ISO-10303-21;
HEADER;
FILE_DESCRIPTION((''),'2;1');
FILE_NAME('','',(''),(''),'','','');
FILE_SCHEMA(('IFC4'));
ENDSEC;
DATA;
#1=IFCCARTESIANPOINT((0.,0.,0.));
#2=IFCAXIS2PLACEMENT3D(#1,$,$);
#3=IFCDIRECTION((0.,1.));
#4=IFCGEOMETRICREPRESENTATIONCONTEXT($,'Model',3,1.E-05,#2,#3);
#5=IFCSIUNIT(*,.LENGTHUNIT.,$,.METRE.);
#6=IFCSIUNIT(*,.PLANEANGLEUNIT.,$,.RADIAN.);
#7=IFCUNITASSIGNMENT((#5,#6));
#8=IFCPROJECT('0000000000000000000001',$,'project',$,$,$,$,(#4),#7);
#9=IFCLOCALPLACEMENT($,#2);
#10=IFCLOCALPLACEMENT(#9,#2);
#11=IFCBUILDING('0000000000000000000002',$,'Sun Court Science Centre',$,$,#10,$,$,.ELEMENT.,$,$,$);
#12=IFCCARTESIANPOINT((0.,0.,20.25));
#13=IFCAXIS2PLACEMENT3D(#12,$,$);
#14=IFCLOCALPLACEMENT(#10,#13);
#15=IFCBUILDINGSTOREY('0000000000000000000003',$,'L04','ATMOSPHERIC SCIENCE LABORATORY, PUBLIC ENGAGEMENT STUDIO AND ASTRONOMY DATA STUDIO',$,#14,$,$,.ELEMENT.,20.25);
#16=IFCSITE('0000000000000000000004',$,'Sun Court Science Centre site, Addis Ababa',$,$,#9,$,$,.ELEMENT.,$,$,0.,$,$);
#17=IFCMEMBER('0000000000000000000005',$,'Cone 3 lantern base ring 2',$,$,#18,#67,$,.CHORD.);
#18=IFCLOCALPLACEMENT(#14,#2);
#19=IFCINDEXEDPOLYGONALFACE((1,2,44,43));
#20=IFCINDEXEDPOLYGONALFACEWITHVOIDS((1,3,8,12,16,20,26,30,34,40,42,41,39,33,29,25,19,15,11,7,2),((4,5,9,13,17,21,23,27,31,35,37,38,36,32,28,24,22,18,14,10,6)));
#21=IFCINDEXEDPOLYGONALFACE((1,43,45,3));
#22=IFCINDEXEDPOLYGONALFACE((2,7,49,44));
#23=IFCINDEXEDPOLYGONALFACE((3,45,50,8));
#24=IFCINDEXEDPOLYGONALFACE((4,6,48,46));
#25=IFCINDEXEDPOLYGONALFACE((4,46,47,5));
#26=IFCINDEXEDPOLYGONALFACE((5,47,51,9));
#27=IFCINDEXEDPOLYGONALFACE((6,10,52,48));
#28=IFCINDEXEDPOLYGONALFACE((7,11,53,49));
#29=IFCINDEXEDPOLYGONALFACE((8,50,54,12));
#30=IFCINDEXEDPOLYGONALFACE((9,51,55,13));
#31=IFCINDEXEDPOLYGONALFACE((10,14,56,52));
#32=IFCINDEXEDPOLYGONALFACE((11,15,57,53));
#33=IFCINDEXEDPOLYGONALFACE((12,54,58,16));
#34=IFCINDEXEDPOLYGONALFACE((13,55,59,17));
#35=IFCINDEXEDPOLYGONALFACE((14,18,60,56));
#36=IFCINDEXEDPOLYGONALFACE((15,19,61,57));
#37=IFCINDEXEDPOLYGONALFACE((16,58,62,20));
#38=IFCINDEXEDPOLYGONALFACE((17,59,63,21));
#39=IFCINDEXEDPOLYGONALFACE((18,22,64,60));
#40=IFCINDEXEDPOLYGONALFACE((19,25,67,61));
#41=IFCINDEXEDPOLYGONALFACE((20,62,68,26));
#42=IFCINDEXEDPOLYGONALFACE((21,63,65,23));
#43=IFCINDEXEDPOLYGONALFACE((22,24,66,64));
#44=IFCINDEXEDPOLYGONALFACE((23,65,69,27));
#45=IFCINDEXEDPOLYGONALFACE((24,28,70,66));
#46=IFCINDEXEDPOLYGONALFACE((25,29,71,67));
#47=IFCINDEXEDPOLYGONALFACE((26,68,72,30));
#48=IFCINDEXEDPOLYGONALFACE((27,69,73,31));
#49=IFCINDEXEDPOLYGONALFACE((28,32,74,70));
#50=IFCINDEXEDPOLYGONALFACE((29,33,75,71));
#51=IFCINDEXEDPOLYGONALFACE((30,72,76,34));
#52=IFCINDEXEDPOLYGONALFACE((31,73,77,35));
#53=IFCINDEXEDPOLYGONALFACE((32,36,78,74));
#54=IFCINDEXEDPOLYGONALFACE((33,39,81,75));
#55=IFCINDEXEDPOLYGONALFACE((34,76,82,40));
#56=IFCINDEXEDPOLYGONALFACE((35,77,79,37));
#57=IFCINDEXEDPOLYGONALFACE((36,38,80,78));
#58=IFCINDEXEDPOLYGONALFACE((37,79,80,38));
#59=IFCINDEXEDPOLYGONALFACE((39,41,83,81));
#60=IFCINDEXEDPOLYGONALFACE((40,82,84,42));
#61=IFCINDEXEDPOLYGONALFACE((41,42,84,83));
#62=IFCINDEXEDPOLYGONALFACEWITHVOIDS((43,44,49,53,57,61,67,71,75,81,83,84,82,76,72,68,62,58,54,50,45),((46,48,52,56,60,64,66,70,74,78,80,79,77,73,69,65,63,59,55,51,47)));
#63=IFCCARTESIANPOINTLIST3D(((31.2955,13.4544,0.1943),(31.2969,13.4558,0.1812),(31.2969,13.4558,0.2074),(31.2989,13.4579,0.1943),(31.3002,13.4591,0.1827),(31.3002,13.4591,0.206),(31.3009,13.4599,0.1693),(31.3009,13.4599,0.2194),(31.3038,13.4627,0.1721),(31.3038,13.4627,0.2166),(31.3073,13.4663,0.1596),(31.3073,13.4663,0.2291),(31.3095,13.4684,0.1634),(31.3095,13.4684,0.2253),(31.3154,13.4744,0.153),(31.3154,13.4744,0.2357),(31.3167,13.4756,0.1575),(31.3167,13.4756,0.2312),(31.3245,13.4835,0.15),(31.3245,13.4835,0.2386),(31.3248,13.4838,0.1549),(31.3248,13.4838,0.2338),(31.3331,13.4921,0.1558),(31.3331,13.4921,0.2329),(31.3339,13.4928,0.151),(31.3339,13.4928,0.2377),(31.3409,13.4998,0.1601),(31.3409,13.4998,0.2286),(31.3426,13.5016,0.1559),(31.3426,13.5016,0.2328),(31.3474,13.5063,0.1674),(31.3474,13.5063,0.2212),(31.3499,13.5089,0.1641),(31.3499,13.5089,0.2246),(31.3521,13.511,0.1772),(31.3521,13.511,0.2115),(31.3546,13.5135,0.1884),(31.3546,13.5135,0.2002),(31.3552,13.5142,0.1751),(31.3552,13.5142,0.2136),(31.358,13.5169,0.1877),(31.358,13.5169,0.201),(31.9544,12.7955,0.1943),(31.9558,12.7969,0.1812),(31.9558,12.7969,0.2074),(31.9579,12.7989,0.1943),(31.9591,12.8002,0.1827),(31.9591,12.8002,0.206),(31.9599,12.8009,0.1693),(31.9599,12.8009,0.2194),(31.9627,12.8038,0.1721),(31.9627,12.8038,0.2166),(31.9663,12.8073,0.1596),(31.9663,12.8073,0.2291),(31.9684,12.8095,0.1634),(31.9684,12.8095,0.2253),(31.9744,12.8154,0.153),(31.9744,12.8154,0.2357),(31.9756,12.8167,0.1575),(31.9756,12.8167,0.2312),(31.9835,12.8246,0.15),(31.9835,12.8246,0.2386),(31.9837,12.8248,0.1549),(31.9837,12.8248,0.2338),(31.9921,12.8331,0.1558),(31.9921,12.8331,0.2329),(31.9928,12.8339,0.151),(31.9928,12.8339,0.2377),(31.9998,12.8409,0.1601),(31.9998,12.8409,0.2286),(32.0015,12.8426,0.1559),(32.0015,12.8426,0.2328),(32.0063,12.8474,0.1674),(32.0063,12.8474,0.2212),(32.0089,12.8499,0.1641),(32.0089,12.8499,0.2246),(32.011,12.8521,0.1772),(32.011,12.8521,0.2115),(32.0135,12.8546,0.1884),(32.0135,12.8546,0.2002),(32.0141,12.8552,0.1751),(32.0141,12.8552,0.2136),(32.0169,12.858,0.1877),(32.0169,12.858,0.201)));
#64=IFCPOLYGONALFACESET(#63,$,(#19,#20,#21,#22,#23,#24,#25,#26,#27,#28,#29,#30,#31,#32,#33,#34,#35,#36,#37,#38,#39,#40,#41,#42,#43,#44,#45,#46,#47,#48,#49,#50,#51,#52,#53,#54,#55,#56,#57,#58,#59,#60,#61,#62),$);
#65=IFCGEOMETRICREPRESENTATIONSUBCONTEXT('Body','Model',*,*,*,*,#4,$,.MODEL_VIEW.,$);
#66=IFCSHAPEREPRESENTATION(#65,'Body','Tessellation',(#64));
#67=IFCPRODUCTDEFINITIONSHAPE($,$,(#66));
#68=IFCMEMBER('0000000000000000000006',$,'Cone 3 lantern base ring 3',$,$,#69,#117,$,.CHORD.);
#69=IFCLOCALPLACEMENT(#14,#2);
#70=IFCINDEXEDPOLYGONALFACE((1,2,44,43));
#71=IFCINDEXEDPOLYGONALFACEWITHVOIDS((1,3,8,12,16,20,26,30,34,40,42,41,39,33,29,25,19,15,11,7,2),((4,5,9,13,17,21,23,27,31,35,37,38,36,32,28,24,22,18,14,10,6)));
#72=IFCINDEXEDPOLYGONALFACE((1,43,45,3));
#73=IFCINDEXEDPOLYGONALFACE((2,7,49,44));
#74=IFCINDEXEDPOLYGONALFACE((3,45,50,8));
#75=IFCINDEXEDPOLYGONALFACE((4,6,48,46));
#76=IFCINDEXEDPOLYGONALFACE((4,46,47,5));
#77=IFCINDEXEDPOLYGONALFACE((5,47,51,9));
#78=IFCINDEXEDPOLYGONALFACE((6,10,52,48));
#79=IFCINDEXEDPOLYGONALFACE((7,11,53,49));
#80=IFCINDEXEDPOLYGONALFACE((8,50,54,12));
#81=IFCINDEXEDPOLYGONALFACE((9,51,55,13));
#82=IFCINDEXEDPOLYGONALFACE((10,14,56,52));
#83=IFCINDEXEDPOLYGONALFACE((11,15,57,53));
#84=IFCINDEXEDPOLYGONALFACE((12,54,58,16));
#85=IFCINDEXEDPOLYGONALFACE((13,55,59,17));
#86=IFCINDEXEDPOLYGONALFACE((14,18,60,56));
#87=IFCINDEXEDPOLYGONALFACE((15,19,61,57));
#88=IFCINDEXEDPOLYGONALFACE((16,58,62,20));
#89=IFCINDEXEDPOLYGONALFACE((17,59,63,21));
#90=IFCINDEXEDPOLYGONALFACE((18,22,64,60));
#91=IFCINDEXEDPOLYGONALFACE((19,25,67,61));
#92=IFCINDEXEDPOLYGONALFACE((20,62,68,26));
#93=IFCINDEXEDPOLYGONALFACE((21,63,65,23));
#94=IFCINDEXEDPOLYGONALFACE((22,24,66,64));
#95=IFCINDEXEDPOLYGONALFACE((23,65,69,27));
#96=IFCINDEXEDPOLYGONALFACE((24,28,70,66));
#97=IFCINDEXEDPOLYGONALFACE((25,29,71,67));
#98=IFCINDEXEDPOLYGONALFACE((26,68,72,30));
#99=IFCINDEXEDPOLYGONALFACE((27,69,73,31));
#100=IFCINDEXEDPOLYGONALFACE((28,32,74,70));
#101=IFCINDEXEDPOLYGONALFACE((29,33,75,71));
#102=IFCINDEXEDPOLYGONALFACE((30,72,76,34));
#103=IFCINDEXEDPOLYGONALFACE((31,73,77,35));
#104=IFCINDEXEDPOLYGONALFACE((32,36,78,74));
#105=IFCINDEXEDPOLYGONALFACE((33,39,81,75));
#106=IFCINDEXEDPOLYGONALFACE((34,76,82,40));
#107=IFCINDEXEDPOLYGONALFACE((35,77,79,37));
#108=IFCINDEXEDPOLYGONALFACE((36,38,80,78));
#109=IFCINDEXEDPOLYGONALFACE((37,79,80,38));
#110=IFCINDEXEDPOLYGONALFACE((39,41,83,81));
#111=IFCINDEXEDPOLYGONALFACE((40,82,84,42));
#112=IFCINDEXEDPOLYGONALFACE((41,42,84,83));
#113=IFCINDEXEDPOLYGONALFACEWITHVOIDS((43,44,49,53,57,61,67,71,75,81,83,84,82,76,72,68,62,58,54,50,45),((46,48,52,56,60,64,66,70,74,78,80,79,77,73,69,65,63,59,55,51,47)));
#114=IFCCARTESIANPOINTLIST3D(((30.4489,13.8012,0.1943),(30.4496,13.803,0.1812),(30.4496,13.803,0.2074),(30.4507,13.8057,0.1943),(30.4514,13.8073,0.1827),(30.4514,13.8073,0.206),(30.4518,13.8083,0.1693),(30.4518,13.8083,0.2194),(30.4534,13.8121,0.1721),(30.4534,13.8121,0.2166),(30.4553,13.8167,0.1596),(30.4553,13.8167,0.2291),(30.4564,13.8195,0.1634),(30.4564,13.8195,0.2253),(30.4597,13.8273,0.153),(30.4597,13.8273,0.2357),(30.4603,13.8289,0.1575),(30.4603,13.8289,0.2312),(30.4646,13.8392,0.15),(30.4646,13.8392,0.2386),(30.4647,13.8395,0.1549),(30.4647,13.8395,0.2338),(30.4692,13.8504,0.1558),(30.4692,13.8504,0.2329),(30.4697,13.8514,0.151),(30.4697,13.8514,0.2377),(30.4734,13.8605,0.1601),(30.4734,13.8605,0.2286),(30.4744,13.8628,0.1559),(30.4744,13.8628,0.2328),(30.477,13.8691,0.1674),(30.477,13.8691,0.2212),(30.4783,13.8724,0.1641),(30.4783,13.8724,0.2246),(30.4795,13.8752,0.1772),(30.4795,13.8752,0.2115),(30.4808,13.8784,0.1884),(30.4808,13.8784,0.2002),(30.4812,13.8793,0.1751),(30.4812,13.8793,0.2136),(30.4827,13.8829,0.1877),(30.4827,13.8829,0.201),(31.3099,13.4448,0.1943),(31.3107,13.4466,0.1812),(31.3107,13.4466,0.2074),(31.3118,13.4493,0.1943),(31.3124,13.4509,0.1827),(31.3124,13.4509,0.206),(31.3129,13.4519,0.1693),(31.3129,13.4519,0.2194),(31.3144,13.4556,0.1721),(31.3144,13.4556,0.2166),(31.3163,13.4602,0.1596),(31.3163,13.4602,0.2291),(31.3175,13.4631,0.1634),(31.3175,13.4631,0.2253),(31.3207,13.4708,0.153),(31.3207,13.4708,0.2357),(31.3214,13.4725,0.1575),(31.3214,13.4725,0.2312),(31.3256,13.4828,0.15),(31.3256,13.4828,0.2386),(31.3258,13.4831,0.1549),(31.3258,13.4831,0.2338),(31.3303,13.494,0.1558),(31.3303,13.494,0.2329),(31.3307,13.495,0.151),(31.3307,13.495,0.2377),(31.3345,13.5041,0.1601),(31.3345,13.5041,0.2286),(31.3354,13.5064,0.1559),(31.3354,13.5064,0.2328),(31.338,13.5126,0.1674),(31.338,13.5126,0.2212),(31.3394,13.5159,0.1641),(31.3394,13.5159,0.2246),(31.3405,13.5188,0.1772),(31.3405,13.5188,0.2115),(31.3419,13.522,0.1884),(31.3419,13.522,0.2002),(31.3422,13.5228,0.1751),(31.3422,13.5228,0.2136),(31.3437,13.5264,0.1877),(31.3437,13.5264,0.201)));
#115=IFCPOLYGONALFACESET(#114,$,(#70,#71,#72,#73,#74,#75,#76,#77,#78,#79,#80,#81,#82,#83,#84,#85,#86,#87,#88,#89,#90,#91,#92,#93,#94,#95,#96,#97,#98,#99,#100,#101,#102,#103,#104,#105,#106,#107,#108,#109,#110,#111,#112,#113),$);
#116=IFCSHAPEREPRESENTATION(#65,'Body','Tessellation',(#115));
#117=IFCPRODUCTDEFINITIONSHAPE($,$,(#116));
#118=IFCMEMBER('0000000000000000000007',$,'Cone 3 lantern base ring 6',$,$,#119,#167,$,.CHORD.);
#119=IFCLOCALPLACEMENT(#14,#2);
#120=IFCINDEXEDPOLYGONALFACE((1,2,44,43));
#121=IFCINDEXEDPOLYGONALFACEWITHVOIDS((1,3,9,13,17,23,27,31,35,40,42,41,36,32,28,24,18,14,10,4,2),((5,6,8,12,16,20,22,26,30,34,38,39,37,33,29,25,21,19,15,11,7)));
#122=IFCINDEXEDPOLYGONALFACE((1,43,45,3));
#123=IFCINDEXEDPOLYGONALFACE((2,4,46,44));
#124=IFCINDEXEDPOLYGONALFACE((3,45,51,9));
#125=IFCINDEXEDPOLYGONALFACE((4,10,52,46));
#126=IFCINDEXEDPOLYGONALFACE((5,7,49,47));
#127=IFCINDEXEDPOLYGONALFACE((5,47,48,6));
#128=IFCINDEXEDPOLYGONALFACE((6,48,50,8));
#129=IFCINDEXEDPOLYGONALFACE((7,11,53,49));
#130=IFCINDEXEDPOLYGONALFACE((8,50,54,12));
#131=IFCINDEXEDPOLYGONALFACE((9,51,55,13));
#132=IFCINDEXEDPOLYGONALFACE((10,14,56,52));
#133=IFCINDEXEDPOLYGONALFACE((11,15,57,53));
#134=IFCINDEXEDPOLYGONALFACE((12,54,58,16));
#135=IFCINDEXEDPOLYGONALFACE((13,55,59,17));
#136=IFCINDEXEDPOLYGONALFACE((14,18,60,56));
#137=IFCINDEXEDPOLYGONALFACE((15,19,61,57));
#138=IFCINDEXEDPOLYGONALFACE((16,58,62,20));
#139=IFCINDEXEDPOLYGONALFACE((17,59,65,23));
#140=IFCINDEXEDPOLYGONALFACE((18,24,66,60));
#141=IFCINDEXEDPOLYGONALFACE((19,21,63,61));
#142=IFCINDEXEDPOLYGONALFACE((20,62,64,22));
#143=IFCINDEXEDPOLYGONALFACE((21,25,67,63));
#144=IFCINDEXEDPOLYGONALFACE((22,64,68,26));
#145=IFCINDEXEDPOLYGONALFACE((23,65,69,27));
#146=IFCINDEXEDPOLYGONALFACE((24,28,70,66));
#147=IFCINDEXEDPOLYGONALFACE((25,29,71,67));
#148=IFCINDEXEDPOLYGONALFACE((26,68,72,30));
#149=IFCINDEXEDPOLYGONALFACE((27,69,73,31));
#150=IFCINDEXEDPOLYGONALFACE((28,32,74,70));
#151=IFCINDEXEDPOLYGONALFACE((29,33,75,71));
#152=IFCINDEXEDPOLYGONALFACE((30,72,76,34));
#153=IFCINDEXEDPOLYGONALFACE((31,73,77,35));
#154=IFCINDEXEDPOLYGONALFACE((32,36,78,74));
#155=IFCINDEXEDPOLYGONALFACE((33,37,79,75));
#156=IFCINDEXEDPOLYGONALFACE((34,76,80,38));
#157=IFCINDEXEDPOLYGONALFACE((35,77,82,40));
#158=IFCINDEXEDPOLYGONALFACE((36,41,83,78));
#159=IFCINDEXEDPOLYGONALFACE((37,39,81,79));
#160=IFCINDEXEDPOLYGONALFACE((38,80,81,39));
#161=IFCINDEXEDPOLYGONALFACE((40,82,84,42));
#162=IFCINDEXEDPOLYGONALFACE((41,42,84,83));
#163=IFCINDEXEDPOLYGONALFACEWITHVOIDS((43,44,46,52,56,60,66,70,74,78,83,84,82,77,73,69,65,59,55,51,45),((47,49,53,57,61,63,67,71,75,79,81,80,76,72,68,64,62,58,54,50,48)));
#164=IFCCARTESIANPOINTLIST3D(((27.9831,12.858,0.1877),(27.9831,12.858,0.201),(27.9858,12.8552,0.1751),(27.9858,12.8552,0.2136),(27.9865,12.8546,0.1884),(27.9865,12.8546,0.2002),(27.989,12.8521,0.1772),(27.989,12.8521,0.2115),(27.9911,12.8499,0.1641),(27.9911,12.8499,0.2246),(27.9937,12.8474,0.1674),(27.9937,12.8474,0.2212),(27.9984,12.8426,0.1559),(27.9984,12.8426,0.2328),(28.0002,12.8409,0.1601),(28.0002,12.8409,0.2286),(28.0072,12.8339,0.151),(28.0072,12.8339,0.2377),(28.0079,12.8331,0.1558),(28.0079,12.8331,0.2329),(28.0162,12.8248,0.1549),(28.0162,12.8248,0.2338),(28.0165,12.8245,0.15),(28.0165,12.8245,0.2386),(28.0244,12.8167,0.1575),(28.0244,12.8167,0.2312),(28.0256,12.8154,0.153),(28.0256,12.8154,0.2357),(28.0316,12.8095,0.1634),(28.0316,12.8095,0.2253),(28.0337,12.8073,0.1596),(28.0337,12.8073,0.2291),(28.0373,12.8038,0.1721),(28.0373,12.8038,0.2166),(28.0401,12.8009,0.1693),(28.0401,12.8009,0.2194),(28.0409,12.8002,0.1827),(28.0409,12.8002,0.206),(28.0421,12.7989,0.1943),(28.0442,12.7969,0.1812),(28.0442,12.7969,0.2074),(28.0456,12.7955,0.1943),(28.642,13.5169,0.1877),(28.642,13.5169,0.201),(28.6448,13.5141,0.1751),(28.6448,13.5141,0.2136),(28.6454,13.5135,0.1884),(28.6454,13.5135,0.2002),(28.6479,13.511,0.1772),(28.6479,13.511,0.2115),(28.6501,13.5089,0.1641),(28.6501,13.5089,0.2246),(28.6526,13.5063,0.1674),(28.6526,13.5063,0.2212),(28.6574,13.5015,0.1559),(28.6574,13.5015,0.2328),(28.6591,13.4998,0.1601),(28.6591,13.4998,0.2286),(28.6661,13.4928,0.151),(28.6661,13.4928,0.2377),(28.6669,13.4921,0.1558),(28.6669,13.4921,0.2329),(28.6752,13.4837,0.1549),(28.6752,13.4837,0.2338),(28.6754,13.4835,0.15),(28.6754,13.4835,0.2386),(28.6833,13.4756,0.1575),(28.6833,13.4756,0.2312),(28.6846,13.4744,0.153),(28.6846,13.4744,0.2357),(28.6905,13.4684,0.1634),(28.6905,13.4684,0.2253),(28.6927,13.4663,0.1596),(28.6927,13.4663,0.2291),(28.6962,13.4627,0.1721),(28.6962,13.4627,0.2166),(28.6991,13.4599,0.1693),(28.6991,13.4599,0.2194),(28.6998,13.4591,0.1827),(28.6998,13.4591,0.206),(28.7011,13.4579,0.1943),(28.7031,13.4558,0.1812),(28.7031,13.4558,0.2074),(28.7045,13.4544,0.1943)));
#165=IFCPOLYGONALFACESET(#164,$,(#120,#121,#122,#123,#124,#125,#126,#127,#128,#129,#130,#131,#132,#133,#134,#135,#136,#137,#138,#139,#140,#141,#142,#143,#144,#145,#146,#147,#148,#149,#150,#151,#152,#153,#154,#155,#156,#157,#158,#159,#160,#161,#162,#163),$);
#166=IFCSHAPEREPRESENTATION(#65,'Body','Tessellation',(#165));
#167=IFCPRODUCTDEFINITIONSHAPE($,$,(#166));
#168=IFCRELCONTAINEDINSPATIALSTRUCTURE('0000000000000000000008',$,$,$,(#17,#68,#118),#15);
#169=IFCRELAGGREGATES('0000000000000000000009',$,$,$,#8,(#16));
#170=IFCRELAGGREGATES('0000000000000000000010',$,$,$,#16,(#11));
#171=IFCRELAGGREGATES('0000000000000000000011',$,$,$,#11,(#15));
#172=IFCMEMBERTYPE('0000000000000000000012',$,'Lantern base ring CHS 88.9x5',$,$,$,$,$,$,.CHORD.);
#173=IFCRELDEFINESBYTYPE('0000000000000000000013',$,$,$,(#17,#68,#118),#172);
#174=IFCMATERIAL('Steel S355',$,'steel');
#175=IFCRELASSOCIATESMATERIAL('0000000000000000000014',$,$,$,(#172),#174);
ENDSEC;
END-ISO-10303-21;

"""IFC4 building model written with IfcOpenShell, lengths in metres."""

from ifc_helpers import new_model, si_unit, direction, frame, origin, origin_2d, place, context, subcontext, project, spatial, hollow_circle, extrude, material, material_profile, profile_set, type_object, element, save


model = new_model("IFC4")

# Units and contexts
model_context = context("Model", 3, precision=1e-05, world=origin(), true_north=direction((0.0, 1.0)))
body_context = subcontext(model_context, "Body", "Model", "MODEL_VIEW")
ifc_project = project(units=[si_unit("LENGTHUNIT", "METRE"), si_unit("PLANEANGLEUNIT", "RADIAN")], contexts=[model_context])

# Site, building, storey
site_placement = place(None, origin())
site = spatial("IfcSite", under=ifc_project, at=site_placement, Name="Sun Court Science Centre site, Addis Ababa", CompositionType="ELEMENT", RefElevation=0.0)
building_placement = place(site_placement, origin())
building = spatial("IfcBuilding", under=site, at=building_placement, Name="Sun Court Science Centre", CompositionType="ELEMENT")
storey_placement = place(building_placement, frame((0.0, 0.0, 20.25)))
storey = spatial("IfcBuildingStorey", under=building, at=storey_placement, Name="L04", Description="ATMOSPHERIC SCIENCE LABORATORY, PUBLIC ENGAGEMENT STUDIO AND ASTRONOMY DATA STUDIO", CompositionType="ELEMENT", Elevation=20.25)

# Members
ifc_material_1 = material(Name="Steel S355", Category="steel")
ifc_material_profile_1 = material_profile(ifc_material_1, hollow_circle(Radius=0.0444, WallThickness=0.0049, at=origin_2d()), Name="CHS 88.9x5")
ifc_profile_set_1 = profile_set([ifc_material_profile_1], Name="Steel S355")
member_type_1 = type_object("IfcMemberType", Name="Lantern base ring CHS 88.9x5", PredefinedType="CHORD", material=ifc_profile_set_1)
for number, where, z_axis, x_axis, name in (
    (1, (31.9858, 12.8269, 0.1943), (-0.707107, 0.707107, 0.0), (-0.707107, -0.707107, 0.0), "Cone 3 lantern base ring 2"),
    (2, (31.3269, 13.4858, 0.1943), (-0.923966, 0.382475, 0.0), (-0.382475, -0.923966, 0.0), "Cone 3 lantern base ring 3"),
    (3, (28.6731, 13.4858, 0.1943), (-0.707107, -0.707107, 0.0), (0.707107, -0.707107, 0.0), "Cone 3 lantern base ring 6"),
):
    element("IfcMember", number, at=place(storey_placement, frame(where, z_axis=z_axis, x_axis=x_axis)), inside=storey, type_object=member_type_1, Name=name, PredefinedType="CHORD", context=body_context, shape_type="SweptSolid", body=[
        extrude(hollow_circle(Radius=0.0444, WallThickness=0.0049, at=origin_2d()), origin(), (0.0, 0.0, 1.0), 0.9319),
    ])

save(model, "model.ifc")
